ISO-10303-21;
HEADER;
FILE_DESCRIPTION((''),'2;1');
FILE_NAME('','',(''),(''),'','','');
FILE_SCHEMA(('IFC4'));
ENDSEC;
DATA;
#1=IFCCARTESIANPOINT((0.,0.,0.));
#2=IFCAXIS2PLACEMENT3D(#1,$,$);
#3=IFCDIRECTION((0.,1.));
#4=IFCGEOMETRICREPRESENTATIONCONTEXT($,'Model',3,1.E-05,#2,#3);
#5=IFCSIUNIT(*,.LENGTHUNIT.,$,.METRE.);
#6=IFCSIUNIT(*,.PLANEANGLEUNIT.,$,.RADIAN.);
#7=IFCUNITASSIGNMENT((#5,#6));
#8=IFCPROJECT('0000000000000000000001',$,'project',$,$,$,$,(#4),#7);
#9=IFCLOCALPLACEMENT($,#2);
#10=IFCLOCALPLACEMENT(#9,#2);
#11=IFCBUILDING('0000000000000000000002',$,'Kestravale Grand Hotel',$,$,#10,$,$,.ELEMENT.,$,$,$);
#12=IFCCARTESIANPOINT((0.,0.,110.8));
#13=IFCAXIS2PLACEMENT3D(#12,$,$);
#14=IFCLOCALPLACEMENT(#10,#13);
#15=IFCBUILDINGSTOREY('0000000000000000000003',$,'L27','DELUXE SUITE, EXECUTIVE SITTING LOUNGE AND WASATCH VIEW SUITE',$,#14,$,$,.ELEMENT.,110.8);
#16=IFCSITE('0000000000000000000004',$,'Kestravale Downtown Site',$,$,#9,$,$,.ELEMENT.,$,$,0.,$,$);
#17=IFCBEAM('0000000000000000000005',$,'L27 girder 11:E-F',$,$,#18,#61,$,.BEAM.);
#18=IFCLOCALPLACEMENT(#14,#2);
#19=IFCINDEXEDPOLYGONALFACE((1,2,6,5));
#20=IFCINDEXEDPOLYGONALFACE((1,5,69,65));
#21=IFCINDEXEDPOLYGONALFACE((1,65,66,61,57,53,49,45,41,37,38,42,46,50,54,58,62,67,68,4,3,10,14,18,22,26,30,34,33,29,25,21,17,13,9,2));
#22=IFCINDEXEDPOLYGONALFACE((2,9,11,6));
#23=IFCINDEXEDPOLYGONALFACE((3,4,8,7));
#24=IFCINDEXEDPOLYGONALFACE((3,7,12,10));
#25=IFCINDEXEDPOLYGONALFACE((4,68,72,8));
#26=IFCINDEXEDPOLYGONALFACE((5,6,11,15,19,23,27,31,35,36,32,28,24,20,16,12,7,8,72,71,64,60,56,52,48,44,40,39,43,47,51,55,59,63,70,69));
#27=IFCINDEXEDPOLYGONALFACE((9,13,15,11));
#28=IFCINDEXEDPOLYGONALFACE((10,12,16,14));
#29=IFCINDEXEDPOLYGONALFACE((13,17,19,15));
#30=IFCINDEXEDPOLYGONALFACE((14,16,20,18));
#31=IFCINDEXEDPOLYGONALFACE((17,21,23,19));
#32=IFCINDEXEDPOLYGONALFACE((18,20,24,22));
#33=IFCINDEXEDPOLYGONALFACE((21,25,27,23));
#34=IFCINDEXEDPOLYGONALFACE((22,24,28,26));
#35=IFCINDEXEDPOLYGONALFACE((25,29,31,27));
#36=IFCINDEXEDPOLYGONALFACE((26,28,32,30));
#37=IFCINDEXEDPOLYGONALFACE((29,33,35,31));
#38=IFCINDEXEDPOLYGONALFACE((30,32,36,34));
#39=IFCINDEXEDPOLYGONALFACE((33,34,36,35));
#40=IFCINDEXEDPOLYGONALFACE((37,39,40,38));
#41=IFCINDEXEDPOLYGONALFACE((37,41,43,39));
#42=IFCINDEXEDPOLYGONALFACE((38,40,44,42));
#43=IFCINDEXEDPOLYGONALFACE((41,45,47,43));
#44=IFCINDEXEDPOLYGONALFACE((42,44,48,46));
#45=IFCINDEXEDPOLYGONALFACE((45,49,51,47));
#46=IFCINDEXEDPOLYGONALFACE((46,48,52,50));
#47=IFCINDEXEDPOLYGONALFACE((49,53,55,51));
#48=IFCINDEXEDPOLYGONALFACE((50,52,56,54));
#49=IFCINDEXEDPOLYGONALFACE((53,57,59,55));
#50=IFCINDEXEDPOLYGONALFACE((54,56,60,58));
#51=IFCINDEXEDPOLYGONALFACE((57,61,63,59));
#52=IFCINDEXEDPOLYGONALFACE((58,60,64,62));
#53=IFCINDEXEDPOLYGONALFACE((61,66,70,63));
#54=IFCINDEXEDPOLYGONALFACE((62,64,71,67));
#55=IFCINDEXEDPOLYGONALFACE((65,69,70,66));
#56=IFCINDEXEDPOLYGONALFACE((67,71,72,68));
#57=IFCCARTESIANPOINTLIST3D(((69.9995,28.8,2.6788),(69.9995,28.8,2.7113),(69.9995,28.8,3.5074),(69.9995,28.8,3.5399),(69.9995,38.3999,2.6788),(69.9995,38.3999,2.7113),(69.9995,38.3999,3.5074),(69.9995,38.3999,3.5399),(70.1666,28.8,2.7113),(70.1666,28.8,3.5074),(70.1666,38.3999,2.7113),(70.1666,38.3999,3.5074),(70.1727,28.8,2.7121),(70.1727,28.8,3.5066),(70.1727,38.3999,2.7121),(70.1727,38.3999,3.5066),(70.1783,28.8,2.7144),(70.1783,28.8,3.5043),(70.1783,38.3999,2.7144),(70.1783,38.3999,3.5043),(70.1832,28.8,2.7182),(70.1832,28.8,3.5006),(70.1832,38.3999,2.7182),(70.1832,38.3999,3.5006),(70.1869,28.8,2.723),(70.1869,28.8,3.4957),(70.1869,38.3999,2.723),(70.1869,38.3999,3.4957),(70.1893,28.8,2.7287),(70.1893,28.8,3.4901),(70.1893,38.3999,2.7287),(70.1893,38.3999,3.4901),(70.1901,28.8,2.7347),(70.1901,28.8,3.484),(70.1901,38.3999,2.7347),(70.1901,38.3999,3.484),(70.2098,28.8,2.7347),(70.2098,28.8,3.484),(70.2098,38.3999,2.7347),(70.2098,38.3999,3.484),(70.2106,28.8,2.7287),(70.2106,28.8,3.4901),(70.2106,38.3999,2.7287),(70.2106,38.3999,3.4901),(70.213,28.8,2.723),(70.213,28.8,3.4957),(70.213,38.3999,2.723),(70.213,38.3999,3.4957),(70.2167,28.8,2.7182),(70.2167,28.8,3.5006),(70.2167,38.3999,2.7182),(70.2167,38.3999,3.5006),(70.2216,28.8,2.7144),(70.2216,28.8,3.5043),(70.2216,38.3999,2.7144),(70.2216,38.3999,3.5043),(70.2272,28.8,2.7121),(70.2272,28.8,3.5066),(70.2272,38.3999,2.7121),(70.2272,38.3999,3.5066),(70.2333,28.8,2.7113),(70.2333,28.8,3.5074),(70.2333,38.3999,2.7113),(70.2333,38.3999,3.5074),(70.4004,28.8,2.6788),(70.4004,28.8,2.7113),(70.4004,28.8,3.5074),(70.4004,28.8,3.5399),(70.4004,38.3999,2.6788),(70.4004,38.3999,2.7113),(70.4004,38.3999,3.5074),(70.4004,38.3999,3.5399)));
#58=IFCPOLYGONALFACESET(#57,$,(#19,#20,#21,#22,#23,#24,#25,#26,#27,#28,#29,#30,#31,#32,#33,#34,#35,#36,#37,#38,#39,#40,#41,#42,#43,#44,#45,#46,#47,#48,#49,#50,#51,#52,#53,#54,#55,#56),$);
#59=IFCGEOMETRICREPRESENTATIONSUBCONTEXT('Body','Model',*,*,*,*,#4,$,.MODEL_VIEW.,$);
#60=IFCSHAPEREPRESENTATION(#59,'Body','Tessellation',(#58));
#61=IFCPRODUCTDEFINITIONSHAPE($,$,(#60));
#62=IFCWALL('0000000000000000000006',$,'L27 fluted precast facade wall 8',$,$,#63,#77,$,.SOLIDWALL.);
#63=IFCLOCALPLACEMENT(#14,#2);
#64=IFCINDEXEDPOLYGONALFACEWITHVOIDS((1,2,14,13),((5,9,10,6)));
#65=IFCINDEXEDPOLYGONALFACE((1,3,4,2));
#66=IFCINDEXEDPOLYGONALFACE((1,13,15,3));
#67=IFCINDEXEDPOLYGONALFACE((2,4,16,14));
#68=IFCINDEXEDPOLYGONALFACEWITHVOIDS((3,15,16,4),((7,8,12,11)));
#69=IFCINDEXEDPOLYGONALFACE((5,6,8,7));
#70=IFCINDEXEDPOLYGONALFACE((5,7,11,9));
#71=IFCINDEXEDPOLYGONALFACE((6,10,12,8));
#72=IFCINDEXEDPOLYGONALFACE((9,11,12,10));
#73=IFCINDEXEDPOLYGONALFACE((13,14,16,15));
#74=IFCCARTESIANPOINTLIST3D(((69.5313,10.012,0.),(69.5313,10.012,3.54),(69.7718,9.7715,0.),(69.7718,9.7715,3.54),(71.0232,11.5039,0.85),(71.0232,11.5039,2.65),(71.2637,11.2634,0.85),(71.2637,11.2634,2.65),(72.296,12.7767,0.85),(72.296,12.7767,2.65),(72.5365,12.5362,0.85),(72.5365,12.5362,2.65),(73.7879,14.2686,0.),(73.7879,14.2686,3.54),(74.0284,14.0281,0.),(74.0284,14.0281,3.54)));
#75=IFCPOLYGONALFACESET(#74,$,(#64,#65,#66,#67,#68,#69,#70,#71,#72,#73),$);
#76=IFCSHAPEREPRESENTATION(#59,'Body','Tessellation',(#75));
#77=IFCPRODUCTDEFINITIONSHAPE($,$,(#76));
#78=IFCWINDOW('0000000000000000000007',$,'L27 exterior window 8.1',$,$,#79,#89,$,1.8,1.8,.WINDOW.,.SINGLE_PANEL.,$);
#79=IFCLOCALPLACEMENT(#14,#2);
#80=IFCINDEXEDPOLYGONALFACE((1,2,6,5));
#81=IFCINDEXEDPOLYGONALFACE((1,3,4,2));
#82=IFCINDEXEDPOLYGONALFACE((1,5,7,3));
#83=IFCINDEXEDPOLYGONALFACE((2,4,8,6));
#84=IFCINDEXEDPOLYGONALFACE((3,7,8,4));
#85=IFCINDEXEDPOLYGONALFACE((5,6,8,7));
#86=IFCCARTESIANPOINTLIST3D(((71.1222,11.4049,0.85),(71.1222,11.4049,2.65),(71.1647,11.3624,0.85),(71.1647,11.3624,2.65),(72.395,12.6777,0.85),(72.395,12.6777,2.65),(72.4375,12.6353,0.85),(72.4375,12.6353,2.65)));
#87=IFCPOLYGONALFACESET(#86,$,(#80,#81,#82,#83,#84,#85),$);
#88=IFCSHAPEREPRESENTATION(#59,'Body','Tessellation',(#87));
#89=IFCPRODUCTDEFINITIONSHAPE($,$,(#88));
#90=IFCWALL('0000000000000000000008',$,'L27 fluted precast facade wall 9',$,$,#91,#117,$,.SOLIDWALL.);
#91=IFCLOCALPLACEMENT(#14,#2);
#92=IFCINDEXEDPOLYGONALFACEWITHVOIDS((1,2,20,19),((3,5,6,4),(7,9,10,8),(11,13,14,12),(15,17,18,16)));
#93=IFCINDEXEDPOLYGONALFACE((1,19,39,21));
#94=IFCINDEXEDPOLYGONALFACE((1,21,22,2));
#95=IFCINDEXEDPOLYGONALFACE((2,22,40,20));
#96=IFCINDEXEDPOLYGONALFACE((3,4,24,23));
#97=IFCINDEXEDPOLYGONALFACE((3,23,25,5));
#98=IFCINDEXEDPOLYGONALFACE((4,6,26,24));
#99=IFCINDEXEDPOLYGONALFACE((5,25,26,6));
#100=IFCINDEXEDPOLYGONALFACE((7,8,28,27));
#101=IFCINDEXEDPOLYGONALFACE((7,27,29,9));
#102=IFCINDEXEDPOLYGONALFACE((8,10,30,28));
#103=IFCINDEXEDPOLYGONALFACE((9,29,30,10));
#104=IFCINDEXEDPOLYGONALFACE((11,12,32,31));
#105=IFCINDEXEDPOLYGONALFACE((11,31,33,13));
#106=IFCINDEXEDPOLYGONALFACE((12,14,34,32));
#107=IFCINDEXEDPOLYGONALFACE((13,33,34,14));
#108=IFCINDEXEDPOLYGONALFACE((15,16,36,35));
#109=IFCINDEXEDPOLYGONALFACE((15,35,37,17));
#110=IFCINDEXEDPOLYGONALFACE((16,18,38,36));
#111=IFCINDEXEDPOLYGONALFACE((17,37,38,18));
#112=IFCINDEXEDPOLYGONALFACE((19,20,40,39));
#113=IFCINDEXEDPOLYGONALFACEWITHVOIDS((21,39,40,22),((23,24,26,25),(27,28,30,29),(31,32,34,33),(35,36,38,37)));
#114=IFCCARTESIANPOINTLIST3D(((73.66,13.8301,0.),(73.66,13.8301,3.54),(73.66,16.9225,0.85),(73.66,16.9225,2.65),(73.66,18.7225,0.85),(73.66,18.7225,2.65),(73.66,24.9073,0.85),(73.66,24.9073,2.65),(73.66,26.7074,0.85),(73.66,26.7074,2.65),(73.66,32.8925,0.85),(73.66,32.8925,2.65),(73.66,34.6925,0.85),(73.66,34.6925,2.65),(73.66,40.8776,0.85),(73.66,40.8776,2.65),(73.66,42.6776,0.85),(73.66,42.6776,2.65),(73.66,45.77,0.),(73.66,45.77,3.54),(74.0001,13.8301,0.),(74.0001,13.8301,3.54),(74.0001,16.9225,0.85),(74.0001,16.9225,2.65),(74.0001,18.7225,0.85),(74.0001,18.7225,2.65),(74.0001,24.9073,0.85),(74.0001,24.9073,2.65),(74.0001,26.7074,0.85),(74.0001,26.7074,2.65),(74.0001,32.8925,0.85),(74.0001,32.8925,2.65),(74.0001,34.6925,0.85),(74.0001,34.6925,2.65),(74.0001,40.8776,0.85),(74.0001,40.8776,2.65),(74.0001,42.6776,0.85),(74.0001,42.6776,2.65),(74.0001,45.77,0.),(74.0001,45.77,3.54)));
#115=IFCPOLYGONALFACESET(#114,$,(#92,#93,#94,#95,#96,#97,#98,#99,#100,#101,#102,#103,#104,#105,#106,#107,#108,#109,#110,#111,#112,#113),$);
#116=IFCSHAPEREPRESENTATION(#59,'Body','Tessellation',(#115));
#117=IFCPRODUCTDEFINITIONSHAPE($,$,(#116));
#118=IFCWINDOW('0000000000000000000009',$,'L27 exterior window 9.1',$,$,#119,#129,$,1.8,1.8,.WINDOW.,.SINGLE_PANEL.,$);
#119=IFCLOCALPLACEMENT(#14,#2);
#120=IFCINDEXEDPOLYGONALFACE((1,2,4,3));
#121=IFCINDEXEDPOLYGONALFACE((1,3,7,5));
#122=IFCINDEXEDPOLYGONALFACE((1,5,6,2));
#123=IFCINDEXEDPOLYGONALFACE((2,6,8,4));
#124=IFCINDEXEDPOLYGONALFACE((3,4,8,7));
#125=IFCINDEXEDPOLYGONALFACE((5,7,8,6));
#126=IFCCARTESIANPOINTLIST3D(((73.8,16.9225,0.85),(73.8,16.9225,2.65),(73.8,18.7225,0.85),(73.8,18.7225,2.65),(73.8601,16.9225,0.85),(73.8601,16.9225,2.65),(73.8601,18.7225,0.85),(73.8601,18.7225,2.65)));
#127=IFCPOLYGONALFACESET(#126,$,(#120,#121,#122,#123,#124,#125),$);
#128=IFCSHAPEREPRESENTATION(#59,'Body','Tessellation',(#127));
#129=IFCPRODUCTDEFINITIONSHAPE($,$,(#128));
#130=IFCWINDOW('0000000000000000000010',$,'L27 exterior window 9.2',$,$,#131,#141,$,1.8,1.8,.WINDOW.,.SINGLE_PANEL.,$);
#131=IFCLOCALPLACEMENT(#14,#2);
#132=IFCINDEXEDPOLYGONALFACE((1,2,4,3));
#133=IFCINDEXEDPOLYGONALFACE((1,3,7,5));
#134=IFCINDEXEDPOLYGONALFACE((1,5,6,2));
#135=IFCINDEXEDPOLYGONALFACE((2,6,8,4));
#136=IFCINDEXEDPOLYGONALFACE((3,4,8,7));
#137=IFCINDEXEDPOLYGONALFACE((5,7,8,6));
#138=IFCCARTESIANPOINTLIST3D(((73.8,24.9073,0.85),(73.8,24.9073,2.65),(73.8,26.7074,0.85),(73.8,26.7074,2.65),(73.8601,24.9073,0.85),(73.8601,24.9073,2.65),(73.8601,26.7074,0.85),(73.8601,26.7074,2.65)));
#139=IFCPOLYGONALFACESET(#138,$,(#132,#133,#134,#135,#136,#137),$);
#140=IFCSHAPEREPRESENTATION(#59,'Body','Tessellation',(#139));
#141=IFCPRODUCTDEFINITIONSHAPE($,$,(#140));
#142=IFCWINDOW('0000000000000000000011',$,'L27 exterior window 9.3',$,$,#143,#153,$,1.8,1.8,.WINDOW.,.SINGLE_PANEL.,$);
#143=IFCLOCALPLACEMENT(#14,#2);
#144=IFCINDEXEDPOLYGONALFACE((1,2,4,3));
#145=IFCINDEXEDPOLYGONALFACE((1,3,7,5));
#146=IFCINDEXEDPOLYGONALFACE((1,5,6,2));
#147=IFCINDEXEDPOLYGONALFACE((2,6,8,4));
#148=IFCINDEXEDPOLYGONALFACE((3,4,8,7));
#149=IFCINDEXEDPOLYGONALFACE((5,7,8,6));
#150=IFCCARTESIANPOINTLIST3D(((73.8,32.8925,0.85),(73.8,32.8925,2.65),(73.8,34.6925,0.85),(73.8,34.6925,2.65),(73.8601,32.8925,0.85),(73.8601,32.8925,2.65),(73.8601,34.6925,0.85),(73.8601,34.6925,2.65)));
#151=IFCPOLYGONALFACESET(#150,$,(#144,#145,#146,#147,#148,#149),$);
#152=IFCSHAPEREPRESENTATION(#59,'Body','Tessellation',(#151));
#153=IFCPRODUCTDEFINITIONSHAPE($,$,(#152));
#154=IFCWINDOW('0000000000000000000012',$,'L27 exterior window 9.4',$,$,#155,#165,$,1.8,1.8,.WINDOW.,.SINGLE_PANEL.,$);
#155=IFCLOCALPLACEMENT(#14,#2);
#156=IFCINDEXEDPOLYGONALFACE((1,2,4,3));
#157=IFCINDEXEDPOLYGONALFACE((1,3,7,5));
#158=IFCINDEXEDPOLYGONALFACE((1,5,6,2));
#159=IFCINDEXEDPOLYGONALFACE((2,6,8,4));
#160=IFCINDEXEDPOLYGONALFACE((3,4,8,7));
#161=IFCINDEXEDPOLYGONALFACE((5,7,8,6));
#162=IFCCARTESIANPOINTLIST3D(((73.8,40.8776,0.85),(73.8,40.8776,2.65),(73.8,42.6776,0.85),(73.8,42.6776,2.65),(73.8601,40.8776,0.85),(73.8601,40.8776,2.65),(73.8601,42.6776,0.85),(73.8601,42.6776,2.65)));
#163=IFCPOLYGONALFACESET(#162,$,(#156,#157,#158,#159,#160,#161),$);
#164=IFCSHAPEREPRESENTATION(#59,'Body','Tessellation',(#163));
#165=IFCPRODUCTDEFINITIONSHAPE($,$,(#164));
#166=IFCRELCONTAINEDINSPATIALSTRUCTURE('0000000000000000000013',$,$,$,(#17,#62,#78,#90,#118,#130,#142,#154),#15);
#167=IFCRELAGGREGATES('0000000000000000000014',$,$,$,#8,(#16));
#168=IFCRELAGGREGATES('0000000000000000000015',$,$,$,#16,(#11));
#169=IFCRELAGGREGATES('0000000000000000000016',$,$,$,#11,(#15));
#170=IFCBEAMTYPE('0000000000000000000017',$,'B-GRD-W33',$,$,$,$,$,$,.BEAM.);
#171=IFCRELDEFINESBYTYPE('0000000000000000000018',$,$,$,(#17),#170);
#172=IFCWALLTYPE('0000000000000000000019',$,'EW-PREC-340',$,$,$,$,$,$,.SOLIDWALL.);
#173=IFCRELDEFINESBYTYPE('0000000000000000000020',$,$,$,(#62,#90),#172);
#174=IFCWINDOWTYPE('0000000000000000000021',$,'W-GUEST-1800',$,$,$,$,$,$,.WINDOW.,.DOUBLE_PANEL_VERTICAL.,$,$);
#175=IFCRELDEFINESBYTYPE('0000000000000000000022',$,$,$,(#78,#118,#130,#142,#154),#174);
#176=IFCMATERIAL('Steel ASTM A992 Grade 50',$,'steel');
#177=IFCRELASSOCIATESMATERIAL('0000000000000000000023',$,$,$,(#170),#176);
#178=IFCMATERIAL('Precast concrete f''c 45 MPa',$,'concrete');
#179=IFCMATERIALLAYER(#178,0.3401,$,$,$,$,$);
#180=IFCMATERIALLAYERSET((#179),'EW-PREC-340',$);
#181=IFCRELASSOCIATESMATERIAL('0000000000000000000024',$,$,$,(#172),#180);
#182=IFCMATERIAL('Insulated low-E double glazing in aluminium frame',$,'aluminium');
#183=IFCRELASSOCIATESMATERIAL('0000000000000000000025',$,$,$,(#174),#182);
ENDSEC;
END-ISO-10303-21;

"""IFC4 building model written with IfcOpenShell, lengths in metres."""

from ifc_helpers import new_model, si_unit, direction, frame, frame_2d, origin, origin_2d, place, context, subcontext, project, spatial, rectangle, i_section, extrude, material, layer, layer_set, material_profile, profile_set, type_object, element, fill, save


model = new_model("IFC4")

# Units and contexts
model_context = context("Model", 3, precision=1e-05, world=origin(), true_north=direction((0.0, 1.0)))
body_context = subcontext(model_context, "Body", "Model", "MODEL_VIEW")
ifc_project = project(units=[si_unit("LENGTHUNIT", "METRE"), si_unit("PLANEANGLEUNIT", "RADIAN")], contexts=[model_context])

# Site, building, storey
site_placement = place(None, origin())
site = spatial("IfcSite", under=ifc_project, at=site_placement, Name="Kestravale Downtown Site", CompositionType="ELEMENT", RefElevation=0.0)
building_placement = place(site_placement, origin())
building = spatial("IfcBuilding", under=site, at=building_placement, Name="Kestravale Grand Hotel", CompositionType="ELEMENT")
storey_placement = place(building_placement, frame((0.0, 0.0, 110.8)))
storey = spatial("IfcBuildingStorey", under=building, at=storey_placement, Name="L27", Description="DELUXE SUITE, EXECUTIVE SITTING LOUNGE AND WASATCH VIEW SUITE", CompositionType="ELEMENT", Elevation=110.8)

# Beam
ifc_material_1 = material(Name="Steel ASTM A992 Grade 50", Category="steel")
ifc_material_profile_1 = material_profile(ifc_material_1, i_section(OverallWidth=0.4009, OverallDepth=0.8611, WebThickness=0.0198, FlangeThickness=0.0325, FilletRadius=0.0234, at=origin_2d()))
ifc_profile_set_1 = profile_set([ifc_material_profile_1], Name="Steel ASTM A992 Grade 50")
beam_type_1 = type_object("IfcBeamType", Name="B-GRD-W33", PredefinedType="BEAM", material=ifc_profile_set_1)
beam_1_placement = place(storey_placement, frame((70.2, 28.8, 3.1094), z_axis=(0.0, 1.0, 0.0), x_axis=(-1.0, 0.0, 0.0)))
element("IfcBeam", 1, at=beam_1_placement, inside=storey, type_object=beam_type_1, Name="L27 girder 11:E-F", PredefinedType="BEAM", context=body_context, shape_type="SweptSolid", body=[
    extrude(i_section(OverallWidth=0.4009, OverallDepth=0.8611, WebThickness=0.0198, FlangeThickness=0.0325, FilletRadius=0.0234, at=origin_2d()), origin(), (0.0, 0.0, 1.0), 9.5999),
])

# Wall, opening, window
ifc_material_2 = material(Name="Precast concrete f'c 45 MPa", Category="concrete")
ifc_layer_1 = layer(ifc_material_2, 0.3401)
ifc_layer_set_1 = layer_set([ifc_layer_1], Name="EW-PREC-340")
wall_type_1 = type_object("IfcWallType", Name="EW-PREC-340", PredefinedType="SOLIDWALL", material=ifc_layer_set_1)
wall_1_placement = place(storey_placement, frame((69.6516, 9.8918, 0.0), z_axis=(0.0, 0.0, 1.0), x_axis=(0.707107, 0.707107, 0.0)))
wall_1 = element("IfcWall", 2, at=wall_1_placement, inside=storey, type_object=wall_type_1, Name="L27 fluted precast facade wall 8", PredefinedType="SOLIDWALL", context=body_context, shape_type="SweptSolid", body=[
    extrude(rectangle(XDim=6.0198, YDim=0.3401, at=frame_2d((3.0098, 0.0))), origin(), (0.0, 0.0, 1.0), 3.54),
])
opening_1_placement = place(wall_1_placement, frame((2.1099, 0.0, 0.8501)))
opening_1 = element("IfcOpeningElement", 3, at=opening_1_placement, cuts=wall_1, PredefinedType="OPENING", context=body_context, shape_type="SweptSolid", body=[
    extrude(rectangle(XDim=1.8, YDim=1.8, at=frame_2d((0.8999, 0.8999))), frame((0.0, 0.1799, 0.0), z_axis=(0.0, -1.0, 0.0), x_axis=(1.0, 0.0, 0.0)), (0.0, 0.0, 1.0), 0.3601),
])
ifc_material_3 = material(Name="Insulated low-E double glazing in aluminium frame", Category="aluminium")
window_type = type_object("IfcWindowType", Name="W-GUEST-1800", PartitioningType="DOUBLE_PANEL_VERTICAL", PredefinedType="WINDOW", material=ifc_material_3)
window_1_placement = place(opening_1_placement, origin())
window_1 = element("IfcWindow", 4, at=window_1_placement, inside=storey, type_object=window_type, Name="L27 exterior window 8.1", OverallHeight=1.8, OverallWidth=1.8, PartitioningType="SINGLE_PANEL", PredefinedType="WINDOW", context=body_context, shape_type="SweptSolid", body=[
    extrude(rectangle(XDim=1.8, YDim=1.8, at=frame_2d((0.8999, 0.8999))), frame((0.0, 0.03, 0.0), z_axis=(0.0, -1.0, 0.0), x_axis=(1.0, 0.0, 0.0)), (0.0, 0.0, 1.0), 0.0601),
])
fill(opening_1, window_1)

# Wall, openings, windows
wall_2_placement = place(storey_placement, frame((73.8301, 13.8301, 0.0), z_axis=(0.0, 0.0, 1.0), x_axis=(0.0, 1.0, 0.0)))
wall_2 = element("IfcWall", 5, at=wall_2_placement, inside=storey, type_object=wall_type_1, Name="L27 fluted precast facade wall 9", PredefinedType="SOLIDWALL", context=body_context, shape_type="SweptSolid", body=[
    extrude(rectangle(XDim=31.9399, YDim=0.3401, at=frame_2d((15.97, 0.0))), origin(), (0.0, 0.0, 1.0), 3.54),
])
opening_2_placement = place(wall_2_placement, frame((3.0925, 0.0, 0.8501)))
opening_2 = element("IfcOpeningElement", 6, at=opening_2_placement, cuts=wall_2, PredefinedType="OPENING", context=body_context, shape_type="SweptSolid", body=[
    extrude(rectangle(XDim=1.8, YDim=1.8, at=frame_2d((0.8999, 0.8999))), frame((0.0, 0.1799, 0.0), z_axis=(0.0, -1.0, 0.0), x_axis=(1.0, 0.0, 0.0)), (0.0, 0.0, 1.0), 0.3601),
])
opening_3_placement = place(wall_2_placement, frame((11.0774, 0.0, 0.8501)))
opening_3 = element("IfcOpeningElement", 7, at=opening_3_placement, cuts=wall_2, PredefinedType="OPENING", context=body_context, shape_type="SweptSolid", body=[
    extrude(rectangle(XDim=1.8, YDim=1.8, at=frame_2d((0.8999, 0.8999))), frame((0.0, 0.1799, 0.0), z_axis=(0.0, -1.0, 0.0), x_axis=(1.0, 0.0, 0.0)), (0.0, 0.0, 1.0), 0.3601),
])
opening_4_placement = place(wall_2_placement, frame((19.0625, 0.0, 0.8501)))
opening_4 = element("IfcOpeningElement", 8, at=opening_4_placement, cuts=wall_2, PredefinedType="OPENING", context=body_context, shape_type="SweptSolid", body=[
    extrude(rectangle(XDim=1.8, YDim=1.8, at=frame_2d((0.8999, 0.8999))), frame((0.0, 0.1799, 0.0), z_axis=(0.0, -1.0, 0.0), x_axis=(1.0, 0.0, 0.0)), (0.0, 0.0, 1.0), 0.3601),
])
opening_5_placement = place(wall_2_placement, frame((27.0476, 0.0, 0.8501)))
opening_5 = element("IfcOpeningElement", 9, at=opening_5_placement, cuts=wall_2, PredefinedType="OPENING", context=body_context, shape_type="SweptSolid", body=[
    extrude(rectangle(XDim=1.8, YDim=1.8, at=frame_2d((0.8999, 0.8999))), frame((0.0, 0.1799, 0.0), z_axis=(0.0, -1.0, 0.0), x_axis=(1.0, 0.0, 0.0)), (0.0, 0.0, 1.0), 0.3601),
])
window_2_placement = place(opening_2_placement, origin())
window_2 = element("IfcWindow", 10, at=window_2_placement, inside=storey, type_object=window_type, Name="L27 exterior window 9.1", OverallHeight=1.8, OverallWidth=1.8, PartitioningType="SINGLE_PANEL", PredefinedType="WINDOW", context=body_context, shape_type="SweptSolid", body=[
    extrude(rectangle(XDim=1.8, YDim=1.8, at=frame_2d((0.8999, 0.8999))), frame((0.0, 0.03, 0.0), z_axis=(0.0, -1.0, 0.0), x_axis=(1.0, 0.0, 0.0)), (0.0, 0.0, 1.0), 0.0601),
])
fill(opening_2, window_2)
window_3_placement = place(opening_3_placement, origin())
window_3 = element("IfcWindow", 11, at=window_3_placement, inside=storey, type_object=window_type, Name="L27 exterior window 9.2", OverallHeight=1.8, OverallWidth=1.8, PartitioningType="SINGLE_PANEL", PredefinedType="WINDOW", context=body_context, shape_type="SweptSolid", body=[
    extrude(rectangle(XDim=1.8, YDim=1.8, at=frame_2d((0.8999, 0.8999))), frame((0.0, 0.03, 0.0), z_axis=(0.0, -1.0, 0.0), x_axis=(1.0, 0.0, 0.0)), (0.0, 0.0, 1.0), 0.0601),
])
fill(opening_3, window_3)
window_4_placement = place(opening_4_placement, origin())
window_4 = element("IfcWindow", 12, at=window_4_placement, inside=storey, type_object=window_type, Name="L27 exterior window 9.3", OverallHeight=1.8, OverallWidth=1.8, PartitioningType="SINGLE_PANEL", PredefinedType="WINDOW", context=body_context, shape_type="SweptSolid", body=[
    extrude(rectangle(XDim=1.8, YDim=1.8, at=frame_2d((0.8999, 0.8999))), frame((0.0, 0.03, 0.0), z_axis=(0.0, -1.0, 0.0), x_axis=(1.0, 0.0, 0.0)), (0.0, 0.0, 1.0), 0.0601),
])
fill(opening_4, window_4)
window_5_placement = place(opening_5_placement, origin())
window_5 = element("IfcWindow", 13, at=window_5_placement, inside=storey, type_object=window_type, Name="L27 exterior window 9.4", OverallHeight=1.8, OverallWidth=1.8, PartitioningType="SINGLE_PANEL", PredefinedType="WINDOW", context=body_context, shape_type="SweptSolid", body=[
    extrude(rectangle(XDim=1.8, YDim=1.8, at=frame_2d((0.8999, 0.8999))), frame((0.0, 0.03, 0.0), z_axis=(0.0, -1.0, 0.0), x_axis=(1.0, 0.0, 0.0)), (0.0, 0.0, 1.0), 0.0601),
])
fill(opening_5, window_5)

save(model, "model.ifc")
